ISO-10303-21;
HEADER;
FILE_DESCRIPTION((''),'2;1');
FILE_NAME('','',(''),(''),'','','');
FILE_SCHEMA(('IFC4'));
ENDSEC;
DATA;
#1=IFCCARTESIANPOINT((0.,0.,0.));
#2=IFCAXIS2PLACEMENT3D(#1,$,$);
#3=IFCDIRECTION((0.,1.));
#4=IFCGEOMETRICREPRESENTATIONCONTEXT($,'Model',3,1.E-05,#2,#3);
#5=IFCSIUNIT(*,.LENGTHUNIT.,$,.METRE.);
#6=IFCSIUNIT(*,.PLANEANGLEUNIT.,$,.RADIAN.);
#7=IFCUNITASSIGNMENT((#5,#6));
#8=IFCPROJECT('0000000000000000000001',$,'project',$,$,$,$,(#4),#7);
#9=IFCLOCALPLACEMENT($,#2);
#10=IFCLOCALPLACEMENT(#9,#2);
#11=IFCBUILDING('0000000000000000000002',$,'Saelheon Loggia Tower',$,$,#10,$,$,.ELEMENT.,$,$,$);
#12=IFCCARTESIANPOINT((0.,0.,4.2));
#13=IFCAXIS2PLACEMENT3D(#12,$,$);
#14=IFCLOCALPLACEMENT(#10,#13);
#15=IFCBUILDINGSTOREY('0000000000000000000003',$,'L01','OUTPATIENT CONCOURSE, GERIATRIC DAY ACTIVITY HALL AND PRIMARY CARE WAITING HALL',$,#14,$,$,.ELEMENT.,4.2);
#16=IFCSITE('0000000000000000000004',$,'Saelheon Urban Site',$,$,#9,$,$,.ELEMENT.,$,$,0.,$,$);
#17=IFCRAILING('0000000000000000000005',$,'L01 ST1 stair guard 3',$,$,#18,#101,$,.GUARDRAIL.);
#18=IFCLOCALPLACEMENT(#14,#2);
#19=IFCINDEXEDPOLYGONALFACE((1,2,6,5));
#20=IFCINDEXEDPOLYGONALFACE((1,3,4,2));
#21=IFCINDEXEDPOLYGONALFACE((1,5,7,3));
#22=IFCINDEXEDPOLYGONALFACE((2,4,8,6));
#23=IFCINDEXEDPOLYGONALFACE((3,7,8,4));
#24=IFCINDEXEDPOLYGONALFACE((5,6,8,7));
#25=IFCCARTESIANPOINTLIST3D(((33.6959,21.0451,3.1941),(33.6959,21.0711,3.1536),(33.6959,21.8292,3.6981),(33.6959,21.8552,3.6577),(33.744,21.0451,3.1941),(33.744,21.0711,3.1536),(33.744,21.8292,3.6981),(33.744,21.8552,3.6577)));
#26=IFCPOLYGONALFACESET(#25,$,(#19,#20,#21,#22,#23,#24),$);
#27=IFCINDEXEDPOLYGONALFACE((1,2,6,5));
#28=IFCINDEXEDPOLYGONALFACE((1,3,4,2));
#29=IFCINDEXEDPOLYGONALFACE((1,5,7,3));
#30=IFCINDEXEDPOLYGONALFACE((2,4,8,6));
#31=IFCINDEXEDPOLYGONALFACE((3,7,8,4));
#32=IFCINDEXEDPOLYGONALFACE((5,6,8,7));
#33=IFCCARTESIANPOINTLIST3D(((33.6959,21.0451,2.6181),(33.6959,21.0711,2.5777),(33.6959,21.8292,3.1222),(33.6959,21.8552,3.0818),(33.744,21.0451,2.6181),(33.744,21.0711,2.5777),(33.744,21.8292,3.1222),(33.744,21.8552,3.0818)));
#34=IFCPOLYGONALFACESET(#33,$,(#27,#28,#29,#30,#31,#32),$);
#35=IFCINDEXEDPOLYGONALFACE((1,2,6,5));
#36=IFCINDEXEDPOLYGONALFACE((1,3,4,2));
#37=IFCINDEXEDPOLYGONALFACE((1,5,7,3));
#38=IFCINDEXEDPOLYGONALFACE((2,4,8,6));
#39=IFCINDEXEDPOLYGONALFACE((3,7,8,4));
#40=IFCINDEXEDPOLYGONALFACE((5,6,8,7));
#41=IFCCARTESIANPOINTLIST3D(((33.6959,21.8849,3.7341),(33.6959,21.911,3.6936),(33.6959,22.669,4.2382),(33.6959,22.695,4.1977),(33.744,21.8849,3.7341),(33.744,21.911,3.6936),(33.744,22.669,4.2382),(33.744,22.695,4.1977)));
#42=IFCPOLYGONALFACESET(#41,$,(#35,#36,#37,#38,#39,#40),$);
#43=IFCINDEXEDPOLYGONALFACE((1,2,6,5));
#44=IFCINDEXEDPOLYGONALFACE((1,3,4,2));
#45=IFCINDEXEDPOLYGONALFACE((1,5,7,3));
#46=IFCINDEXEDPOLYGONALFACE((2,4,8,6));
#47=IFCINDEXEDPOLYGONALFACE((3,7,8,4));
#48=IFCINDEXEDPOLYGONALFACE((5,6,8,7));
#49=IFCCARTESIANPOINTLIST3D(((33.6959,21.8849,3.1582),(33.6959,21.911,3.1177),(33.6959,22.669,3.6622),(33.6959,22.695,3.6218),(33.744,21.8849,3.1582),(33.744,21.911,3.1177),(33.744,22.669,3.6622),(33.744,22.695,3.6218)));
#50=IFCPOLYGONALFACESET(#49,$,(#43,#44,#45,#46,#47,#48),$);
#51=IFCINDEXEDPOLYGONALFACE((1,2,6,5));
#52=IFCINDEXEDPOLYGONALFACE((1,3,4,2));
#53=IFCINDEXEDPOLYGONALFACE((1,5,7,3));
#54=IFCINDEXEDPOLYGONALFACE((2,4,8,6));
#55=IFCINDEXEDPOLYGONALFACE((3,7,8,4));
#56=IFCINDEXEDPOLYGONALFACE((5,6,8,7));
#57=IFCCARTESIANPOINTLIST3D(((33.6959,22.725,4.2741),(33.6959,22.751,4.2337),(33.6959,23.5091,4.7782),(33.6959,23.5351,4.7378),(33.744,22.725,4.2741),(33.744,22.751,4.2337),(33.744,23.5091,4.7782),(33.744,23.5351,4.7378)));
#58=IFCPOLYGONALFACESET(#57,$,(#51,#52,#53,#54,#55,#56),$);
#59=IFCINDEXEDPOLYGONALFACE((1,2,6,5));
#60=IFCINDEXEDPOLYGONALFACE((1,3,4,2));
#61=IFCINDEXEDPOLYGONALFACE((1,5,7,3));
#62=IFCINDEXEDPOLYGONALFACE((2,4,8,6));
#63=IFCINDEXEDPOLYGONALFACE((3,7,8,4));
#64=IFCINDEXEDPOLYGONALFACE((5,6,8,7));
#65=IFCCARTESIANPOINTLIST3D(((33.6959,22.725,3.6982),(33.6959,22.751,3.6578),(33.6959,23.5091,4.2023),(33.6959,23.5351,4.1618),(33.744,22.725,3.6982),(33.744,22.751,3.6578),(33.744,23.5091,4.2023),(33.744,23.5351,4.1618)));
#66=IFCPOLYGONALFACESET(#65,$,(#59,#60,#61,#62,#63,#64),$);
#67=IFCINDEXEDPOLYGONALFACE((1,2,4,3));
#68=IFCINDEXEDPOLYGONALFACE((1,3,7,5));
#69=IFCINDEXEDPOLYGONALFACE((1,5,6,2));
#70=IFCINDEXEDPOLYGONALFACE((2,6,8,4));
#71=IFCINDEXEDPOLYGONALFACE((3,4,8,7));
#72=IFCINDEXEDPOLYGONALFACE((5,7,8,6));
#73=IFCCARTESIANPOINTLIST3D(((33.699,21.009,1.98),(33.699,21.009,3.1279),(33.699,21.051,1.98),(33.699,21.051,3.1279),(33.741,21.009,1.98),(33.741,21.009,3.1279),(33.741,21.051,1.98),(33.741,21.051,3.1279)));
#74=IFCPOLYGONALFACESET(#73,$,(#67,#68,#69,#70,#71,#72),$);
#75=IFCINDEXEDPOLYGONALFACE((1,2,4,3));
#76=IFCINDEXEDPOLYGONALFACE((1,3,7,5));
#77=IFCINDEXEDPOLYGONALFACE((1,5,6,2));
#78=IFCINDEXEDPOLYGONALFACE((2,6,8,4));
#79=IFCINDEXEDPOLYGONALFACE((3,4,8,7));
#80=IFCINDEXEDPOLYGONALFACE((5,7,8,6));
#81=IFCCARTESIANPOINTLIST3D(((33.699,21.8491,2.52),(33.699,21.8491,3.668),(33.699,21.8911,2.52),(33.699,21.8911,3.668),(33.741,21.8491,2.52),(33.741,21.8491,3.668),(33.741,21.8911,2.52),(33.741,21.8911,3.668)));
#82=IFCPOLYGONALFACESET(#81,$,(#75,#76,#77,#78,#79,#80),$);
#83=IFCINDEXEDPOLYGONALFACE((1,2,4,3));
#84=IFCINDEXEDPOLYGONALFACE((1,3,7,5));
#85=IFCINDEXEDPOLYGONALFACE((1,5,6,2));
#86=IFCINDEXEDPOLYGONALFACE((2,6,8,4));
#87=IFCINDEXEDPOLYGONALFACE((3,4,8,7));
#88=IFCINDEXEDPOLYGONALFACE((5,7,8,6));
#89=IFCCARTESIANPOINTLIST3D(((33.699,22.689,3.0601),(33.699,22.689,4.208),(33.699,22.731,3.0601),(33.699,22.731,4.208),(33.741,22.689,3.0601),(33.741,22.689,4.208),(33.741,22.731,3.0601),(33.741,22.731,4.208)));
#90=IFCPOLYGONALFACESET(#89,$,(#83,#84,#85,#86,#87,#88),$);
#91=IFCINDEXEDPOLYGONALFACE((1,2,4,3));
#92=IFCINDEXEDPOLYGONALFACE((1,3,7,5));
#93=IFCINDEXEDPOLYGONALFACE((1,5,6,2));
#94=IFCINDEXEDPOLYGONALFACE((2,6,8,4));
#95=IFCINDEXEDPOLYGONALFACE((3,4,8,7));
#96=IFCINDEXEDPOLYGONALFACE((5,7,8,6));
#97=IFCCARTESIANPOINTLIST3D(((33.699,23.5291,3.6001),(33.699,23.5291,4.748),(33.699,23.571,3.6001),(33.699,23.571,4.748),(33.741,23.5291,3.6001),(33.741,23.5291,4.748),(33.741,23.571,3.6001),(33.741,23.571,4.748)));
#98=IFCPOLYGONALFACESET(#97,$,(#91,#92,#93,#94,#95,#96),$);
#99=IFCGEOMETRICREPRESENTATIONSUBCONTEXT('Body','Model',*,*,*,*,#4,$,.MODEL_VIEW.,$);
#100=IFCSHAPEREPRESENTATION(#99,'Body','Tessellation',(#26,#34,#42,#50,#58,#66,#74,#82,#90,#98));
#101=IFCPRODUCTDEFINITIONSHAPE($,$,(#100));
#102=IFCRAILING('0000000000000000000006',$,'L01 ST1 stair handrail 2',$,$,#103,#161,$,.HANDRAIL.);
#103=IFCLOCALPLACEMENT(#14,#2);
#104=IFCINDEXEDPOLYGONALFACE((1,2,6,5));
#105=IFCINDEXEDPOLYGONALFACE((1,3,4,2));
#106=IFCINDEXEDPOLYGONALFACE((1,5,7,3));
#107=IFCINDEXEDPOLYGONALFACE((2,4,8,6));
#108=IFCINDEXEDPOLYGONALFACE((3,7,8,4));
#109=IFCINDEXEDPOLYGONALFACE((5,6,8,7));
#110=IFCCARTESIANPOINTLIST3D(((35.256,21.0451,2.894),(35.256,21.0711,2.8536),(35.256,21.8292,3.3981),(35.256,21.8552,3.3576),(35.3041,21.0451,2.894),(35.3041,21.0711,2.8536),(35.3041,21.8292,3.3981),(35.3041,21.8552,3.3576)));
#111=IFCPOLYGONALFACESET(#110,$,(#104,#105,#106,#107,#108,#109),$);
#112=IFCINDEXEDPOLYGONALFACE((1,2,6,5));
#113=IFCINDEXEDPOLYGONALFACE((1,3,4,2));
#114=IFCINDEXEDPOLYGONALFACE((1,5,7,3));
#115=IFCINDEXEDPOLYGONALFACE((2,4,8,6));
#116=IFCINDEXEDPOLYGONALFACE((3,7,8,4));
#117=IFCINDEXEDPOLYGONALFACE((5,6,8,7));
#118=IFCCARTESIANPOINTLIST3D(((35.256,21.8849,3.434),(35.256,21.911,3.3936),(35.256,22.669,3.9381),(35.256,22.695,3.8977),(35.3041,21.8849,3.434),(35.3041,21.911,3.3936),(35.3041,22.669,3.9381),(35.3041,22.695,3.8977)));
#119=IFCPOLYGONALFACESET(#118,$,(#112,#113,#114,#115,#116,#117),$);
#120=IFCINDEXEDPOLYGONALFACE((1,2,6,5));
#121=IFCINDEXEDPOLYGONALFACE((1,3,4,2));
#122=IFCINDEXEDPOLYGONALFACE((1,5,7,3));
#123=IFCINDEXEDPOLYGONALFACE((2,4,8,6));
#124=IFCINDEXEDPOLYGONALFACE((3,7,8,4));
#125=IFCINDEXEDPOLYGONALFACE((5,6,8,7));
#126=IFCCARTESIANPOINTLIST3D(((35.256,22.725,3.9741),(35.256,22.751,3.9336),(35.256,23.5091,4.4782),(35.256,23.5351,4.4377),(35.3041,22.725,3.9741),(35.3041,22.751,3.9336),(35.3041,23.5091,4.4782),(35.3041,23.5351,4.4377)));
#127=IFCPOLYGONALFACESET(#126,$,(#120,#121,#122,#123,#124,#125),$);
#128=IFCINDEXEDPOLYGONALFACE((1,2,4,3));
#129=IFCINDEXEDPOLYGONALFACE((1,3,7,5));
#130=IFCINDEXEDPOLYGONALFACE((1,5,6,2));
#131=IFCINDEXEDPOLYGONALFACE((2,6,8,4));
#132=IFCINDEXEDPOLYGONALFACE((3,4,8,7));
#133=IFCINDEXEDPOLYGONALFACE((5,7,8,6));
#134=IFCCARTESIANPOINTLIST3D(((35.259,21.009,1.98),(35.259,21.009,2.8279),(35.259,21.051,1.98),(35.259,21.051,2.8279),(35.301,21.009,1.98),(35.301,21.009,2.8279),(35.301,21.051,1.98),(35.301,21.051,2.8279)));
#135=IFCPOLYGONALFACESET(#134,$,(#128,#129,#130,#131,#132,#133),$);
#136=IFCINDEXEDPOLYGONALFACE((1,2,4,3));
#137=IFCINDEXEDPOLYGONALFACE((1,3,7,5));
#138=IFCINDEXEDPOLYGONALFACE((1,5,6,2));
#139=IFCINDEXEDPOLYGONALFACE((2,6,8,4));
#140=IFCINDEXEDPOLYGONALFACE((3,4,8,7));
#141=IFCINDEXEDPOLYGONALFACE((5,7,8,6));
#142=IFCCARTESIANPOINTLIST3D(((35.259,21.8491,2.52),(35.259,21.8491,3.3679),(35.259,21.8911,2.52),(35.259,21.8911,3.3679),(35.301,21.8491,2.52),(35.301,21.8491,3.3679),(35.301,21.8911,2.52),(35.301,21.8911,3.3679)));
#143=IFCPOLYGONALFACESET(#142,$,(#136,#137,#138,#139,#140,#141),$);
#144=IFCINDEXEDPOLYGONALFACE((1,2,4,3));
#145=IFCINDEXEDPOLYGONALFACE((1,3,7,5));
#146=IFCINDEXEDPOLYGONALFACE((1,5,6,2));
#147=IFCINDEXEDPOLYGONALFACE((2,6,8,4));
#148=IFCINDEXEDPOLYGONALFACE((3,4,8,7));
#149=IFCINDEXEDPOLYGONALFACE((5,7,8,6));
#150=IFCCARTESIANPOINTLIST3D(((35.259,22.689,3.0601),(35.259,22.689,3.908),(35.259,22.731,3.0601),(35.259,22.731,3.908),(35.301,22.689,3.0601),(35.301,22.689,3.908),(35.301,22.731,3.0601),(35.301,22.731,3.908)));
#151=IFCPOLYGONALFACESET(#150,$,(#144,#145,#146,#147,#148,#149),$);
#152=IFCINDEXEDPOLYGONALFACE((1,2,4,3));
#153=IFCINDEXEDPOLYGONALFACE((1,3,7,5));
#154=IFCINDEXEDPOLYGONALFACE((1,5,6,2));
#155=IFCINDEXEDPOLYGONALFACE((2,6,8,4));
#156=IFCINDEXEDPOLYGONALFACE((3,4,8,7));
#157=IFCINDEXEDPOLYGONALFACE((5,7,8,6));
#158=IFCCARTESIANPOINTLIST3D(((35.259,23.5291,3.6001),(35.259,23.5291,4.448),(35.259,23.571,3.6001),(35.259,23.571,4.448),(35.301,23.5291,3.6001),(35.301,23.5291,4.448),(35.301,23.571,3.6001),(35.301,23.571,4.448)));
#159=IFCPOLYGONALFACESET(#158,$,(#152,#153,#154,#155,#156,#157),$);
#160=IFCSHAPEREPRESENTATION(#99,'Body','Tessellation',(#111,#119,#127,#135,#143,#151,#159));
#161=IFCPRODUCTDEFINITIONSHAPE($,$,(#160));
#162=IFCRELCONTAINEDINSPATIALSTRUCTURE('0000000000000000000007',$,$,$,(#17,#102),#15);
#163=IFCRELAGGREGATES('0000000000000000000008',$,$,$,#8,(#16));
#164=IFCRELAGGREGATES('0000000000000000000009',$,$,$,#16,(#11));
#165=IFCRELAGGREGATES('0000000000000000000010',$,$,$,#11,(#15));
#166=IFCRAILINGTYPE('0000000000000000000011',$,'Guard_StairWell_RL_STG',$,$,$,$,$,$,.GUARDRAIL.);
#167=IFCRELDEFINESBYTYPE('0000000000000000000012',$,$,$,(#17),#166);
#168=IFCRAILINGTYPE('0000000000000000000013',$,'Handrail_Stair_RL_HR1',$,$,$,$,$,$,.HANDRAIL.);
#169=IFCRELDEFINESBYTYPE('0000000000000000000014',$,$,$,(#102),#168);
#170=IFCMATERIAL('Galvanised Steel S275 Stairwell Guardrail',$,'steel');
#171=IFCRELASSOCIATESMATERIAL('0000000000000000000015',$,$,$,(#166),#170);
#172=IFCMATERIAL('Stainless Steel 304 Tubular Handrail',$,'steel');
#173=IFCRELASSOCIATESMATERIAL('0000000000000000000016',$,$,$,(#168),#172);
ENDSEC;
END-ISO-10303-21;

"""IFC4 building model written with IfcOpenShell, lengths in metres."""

from ifc_helpers import new_model, si_unit, direction, frame, origin, origin_2d, place, context, subcontext, project, spatial, rectangle, extrude, material, type_object, element, save


model = new_model("IFC4")

# Units and contexts
model_context = context("Model", 3, precision=1e-05, world=origin(), true_north=direction((0.0, 1.0)))
body_context = subcontext(model_context, "Body", "Model", "MODEL_VIEW")
ifc_project = project(units=[si_unit("LENGTHUNIT", "METRE"), si_unit("PLANEANGLEUNIT", "RADIAN")], contexts=[model_context])

# Site, building, storey
site_placement = place(None, origin())
site = spatial("IfcSite", under=ifc_project, at=site_placement, Name="Saelheon Urban Site", CompositionType="ELEMENT", RefElevation=0.0)
building_placement = place(site_placement, origin())
building = spatial("IfcBuilding", under=site, at=building_placement, Name="Saelheon Loggia Tower", CompositionType="ELEMENT")
storey_placement = place(building_placement, frame((0.0, 0.0, 4.2)))
storey = spatial("IfcBuildingStorey", under=building, at=storey_placement, Name="L01", Description="OUTPATIENT CONCOURSE, GERIATRIC DAY ACTIVITY HALL AND PRIMARY CARE WAITING HALL", CompositionType="ELEMENT", Elevation=4.2)

# Railings
ifc_material_1 = material(Name="Galvanised Steel S275 Stairwell Guardrail", Category="steel")
railing_type_1 = type_object("IfcRailingType", Name="Guard_StairWell_RL_STG", PredefinedType="GUARDRAIL", material=ifc_material_1)
railing_1_placement = place(storey_placement, frame((33.72, 21.03, 1.98)))
element("IfcRailing", 1, at=railing_1_placement, inside=storey, type_object=railing_type_1, Name="L01 ST1 stair guard 3", PredefinedType="GUARDRAIL", context=body_context, shape_type="SweptSolid", body=[
    extrude(rectangle(XDim=0.0481, YDim=0.0481, at=origin_2d()), frame((0.0, 0.0281, 1.1938), z_axis=(0.0, 0.841163, 0.540782), x_axis=(-1.0, 0.0, 0.0)), (0.0, 0.0, 1.0), 0.9321),
    extrude(rectangle(XDim=0.0481, YDim=0.0481, at=origin_2d()), frame((0.0, 0.0281, 0.6179), z_axis=(0.0, 0.841163, 0.540782), x_axis=(-1.0, 0.0, 0.0)), (0.0, 0.0, 1.0), 0.9321),
    extrude(rectangle(XDim=0.0481, YDim=0.0481, at=origin_2d()), frame((0.0, 0.8679, 1.7339), z_axis=(0.0, 0.841163, 0.540782), x_axis=(-1.0, 0.0, 0.0)), (0.0, 0.0, 1.0), 0.9321),
    extrude(rectangle(XDim=0.0481, YDim=0.0481, at=origin_2d()), frame((0.0, 0.8679, 1.158), z_axis=(0.0, 0.841163, 0.540782), x_axis=(-1.0, 0.0, 0.0)), (0.0, 0.0, 1.0), 0.9321),
    extrude(rectangle(XDim=0.0481, YDim=0.0481, at=origin_2d()), frame((0.0, 1.708, 2.2739), z_axis=(0.0, 0.841163, 0.540782), x_axis=(-1.0, 0.0, 0.0)), (0.0, 0.0, 1.0), 0.9321),
    extrude(rectangle(XDim=0.0481, YDim=0.0481, at=origin_2d()), frame((0.0, 1.708, 1.698), z_axis=(0.0, 0.841163, 0.540782), x_axis=(-1.0, 0.0, 0.0)), (0.0, 0.0, 1.0), 0.9321),
    extrude(rectangle(XDim=0.042, YDim=0.042, at=origin_2d()), origin(), (0.0, 0.0, 1.0), 1.1479),
    extrude(rectangle(XDim=0.042, YDim=0.042, at=origin_2d()), frame((0.0, 0.8401, 0.54)), (0.0, 0.0, 1.0), 1.1479),
    extrude(rectangle(XDim=0.042, YDim=0.042, at=origin_2d()), frame((0.0, 1.6799, 1.0801)), (0.0, 0.0, 1.0), 1.1479),
    extrude(rectangle(XDim=0.042, YDim=0.042, at=origin_2d()), frame((0.0, 2.52, 1.6201)), (0.0, 0.0, 1.0), 1.1479),
])
ifc_material_2 = material(Name="Stainless Steel 304 Tubular Handrail", Category="steel")
railing_type_2 = type_object("IfcRailingType", Name="Handrail_Stair_RL_HR1", PredefinedType="HANDRAIL", material=ifc_material_2)
railing_2_placement = place(storey_placement, frame((35.28, 21.03, 1.98)))
element("IfcRailing", 2, at=railing_2_placement, inside=storey, type_object=railing_type_2, Name="L01 ST1 stair handrail 2", PredefinedType="HANDRAIL", context=body_context, shape_type="SweptSolid", body=[
    extrude(rectangle(XDim=0.0481, YDim=0.0481, at=origin_2d()), frame((0.0, 0.0281, 0.8938), z_axis=(0.0, 0.841163, 0.540782), x_axis=(-1.0, 0.0, 0.0)), (0.0, 0.0, 1.0), 0.9321),
    extrude(rectangle(XDim=0.0481, YDim=0.0481, at=origin_2d()), frame((0.0, 0.8679, 1.4338), z_axis=(0.0, 0.841163, 0.540782), x_axis=(-1.0, 0.0, 0.0)), (0.0, 0.0, 1.0), 0.9321),
    extrude(rectangle(XDim=0.0481, YDim=0.0481, at=origin_2d()), frame((0.0, 1.708, 1.9739), z_axis=(0.0, 0.841163, 0.540782), x_axis=(-1.0, 0.0, 0.0)), (0.0, 0.0, 1.0), 0.9321),
    extrude(rectangle(XDim=0.042, YDim=0.042, at=origin_2d()), origin(), (0.0, 0.0, 1.0), 0.8479),
    extrude(rectangle(XDim=0.042, YDim=0.042, at=origin_2d()), frame((0.0, 0.8401, 0.54)), (0.0, 0.0, 1.0), 0.8479),
    extrude(rectangle(XDim=0.042, YDim=0.042, at=origin_2d()), frame((0.0, 1.6799, 1.0801)), (0.0, 0.0, 1.0), 0.8479),
    extrude(rectangle(XDim=0.042, YDim=0.042, at=origin_2d()), frame((0.0, 2.52, 1.6201)), (0.0, 0.0, 1.0), 0.8479),
])

save(model, "model.ifc")
